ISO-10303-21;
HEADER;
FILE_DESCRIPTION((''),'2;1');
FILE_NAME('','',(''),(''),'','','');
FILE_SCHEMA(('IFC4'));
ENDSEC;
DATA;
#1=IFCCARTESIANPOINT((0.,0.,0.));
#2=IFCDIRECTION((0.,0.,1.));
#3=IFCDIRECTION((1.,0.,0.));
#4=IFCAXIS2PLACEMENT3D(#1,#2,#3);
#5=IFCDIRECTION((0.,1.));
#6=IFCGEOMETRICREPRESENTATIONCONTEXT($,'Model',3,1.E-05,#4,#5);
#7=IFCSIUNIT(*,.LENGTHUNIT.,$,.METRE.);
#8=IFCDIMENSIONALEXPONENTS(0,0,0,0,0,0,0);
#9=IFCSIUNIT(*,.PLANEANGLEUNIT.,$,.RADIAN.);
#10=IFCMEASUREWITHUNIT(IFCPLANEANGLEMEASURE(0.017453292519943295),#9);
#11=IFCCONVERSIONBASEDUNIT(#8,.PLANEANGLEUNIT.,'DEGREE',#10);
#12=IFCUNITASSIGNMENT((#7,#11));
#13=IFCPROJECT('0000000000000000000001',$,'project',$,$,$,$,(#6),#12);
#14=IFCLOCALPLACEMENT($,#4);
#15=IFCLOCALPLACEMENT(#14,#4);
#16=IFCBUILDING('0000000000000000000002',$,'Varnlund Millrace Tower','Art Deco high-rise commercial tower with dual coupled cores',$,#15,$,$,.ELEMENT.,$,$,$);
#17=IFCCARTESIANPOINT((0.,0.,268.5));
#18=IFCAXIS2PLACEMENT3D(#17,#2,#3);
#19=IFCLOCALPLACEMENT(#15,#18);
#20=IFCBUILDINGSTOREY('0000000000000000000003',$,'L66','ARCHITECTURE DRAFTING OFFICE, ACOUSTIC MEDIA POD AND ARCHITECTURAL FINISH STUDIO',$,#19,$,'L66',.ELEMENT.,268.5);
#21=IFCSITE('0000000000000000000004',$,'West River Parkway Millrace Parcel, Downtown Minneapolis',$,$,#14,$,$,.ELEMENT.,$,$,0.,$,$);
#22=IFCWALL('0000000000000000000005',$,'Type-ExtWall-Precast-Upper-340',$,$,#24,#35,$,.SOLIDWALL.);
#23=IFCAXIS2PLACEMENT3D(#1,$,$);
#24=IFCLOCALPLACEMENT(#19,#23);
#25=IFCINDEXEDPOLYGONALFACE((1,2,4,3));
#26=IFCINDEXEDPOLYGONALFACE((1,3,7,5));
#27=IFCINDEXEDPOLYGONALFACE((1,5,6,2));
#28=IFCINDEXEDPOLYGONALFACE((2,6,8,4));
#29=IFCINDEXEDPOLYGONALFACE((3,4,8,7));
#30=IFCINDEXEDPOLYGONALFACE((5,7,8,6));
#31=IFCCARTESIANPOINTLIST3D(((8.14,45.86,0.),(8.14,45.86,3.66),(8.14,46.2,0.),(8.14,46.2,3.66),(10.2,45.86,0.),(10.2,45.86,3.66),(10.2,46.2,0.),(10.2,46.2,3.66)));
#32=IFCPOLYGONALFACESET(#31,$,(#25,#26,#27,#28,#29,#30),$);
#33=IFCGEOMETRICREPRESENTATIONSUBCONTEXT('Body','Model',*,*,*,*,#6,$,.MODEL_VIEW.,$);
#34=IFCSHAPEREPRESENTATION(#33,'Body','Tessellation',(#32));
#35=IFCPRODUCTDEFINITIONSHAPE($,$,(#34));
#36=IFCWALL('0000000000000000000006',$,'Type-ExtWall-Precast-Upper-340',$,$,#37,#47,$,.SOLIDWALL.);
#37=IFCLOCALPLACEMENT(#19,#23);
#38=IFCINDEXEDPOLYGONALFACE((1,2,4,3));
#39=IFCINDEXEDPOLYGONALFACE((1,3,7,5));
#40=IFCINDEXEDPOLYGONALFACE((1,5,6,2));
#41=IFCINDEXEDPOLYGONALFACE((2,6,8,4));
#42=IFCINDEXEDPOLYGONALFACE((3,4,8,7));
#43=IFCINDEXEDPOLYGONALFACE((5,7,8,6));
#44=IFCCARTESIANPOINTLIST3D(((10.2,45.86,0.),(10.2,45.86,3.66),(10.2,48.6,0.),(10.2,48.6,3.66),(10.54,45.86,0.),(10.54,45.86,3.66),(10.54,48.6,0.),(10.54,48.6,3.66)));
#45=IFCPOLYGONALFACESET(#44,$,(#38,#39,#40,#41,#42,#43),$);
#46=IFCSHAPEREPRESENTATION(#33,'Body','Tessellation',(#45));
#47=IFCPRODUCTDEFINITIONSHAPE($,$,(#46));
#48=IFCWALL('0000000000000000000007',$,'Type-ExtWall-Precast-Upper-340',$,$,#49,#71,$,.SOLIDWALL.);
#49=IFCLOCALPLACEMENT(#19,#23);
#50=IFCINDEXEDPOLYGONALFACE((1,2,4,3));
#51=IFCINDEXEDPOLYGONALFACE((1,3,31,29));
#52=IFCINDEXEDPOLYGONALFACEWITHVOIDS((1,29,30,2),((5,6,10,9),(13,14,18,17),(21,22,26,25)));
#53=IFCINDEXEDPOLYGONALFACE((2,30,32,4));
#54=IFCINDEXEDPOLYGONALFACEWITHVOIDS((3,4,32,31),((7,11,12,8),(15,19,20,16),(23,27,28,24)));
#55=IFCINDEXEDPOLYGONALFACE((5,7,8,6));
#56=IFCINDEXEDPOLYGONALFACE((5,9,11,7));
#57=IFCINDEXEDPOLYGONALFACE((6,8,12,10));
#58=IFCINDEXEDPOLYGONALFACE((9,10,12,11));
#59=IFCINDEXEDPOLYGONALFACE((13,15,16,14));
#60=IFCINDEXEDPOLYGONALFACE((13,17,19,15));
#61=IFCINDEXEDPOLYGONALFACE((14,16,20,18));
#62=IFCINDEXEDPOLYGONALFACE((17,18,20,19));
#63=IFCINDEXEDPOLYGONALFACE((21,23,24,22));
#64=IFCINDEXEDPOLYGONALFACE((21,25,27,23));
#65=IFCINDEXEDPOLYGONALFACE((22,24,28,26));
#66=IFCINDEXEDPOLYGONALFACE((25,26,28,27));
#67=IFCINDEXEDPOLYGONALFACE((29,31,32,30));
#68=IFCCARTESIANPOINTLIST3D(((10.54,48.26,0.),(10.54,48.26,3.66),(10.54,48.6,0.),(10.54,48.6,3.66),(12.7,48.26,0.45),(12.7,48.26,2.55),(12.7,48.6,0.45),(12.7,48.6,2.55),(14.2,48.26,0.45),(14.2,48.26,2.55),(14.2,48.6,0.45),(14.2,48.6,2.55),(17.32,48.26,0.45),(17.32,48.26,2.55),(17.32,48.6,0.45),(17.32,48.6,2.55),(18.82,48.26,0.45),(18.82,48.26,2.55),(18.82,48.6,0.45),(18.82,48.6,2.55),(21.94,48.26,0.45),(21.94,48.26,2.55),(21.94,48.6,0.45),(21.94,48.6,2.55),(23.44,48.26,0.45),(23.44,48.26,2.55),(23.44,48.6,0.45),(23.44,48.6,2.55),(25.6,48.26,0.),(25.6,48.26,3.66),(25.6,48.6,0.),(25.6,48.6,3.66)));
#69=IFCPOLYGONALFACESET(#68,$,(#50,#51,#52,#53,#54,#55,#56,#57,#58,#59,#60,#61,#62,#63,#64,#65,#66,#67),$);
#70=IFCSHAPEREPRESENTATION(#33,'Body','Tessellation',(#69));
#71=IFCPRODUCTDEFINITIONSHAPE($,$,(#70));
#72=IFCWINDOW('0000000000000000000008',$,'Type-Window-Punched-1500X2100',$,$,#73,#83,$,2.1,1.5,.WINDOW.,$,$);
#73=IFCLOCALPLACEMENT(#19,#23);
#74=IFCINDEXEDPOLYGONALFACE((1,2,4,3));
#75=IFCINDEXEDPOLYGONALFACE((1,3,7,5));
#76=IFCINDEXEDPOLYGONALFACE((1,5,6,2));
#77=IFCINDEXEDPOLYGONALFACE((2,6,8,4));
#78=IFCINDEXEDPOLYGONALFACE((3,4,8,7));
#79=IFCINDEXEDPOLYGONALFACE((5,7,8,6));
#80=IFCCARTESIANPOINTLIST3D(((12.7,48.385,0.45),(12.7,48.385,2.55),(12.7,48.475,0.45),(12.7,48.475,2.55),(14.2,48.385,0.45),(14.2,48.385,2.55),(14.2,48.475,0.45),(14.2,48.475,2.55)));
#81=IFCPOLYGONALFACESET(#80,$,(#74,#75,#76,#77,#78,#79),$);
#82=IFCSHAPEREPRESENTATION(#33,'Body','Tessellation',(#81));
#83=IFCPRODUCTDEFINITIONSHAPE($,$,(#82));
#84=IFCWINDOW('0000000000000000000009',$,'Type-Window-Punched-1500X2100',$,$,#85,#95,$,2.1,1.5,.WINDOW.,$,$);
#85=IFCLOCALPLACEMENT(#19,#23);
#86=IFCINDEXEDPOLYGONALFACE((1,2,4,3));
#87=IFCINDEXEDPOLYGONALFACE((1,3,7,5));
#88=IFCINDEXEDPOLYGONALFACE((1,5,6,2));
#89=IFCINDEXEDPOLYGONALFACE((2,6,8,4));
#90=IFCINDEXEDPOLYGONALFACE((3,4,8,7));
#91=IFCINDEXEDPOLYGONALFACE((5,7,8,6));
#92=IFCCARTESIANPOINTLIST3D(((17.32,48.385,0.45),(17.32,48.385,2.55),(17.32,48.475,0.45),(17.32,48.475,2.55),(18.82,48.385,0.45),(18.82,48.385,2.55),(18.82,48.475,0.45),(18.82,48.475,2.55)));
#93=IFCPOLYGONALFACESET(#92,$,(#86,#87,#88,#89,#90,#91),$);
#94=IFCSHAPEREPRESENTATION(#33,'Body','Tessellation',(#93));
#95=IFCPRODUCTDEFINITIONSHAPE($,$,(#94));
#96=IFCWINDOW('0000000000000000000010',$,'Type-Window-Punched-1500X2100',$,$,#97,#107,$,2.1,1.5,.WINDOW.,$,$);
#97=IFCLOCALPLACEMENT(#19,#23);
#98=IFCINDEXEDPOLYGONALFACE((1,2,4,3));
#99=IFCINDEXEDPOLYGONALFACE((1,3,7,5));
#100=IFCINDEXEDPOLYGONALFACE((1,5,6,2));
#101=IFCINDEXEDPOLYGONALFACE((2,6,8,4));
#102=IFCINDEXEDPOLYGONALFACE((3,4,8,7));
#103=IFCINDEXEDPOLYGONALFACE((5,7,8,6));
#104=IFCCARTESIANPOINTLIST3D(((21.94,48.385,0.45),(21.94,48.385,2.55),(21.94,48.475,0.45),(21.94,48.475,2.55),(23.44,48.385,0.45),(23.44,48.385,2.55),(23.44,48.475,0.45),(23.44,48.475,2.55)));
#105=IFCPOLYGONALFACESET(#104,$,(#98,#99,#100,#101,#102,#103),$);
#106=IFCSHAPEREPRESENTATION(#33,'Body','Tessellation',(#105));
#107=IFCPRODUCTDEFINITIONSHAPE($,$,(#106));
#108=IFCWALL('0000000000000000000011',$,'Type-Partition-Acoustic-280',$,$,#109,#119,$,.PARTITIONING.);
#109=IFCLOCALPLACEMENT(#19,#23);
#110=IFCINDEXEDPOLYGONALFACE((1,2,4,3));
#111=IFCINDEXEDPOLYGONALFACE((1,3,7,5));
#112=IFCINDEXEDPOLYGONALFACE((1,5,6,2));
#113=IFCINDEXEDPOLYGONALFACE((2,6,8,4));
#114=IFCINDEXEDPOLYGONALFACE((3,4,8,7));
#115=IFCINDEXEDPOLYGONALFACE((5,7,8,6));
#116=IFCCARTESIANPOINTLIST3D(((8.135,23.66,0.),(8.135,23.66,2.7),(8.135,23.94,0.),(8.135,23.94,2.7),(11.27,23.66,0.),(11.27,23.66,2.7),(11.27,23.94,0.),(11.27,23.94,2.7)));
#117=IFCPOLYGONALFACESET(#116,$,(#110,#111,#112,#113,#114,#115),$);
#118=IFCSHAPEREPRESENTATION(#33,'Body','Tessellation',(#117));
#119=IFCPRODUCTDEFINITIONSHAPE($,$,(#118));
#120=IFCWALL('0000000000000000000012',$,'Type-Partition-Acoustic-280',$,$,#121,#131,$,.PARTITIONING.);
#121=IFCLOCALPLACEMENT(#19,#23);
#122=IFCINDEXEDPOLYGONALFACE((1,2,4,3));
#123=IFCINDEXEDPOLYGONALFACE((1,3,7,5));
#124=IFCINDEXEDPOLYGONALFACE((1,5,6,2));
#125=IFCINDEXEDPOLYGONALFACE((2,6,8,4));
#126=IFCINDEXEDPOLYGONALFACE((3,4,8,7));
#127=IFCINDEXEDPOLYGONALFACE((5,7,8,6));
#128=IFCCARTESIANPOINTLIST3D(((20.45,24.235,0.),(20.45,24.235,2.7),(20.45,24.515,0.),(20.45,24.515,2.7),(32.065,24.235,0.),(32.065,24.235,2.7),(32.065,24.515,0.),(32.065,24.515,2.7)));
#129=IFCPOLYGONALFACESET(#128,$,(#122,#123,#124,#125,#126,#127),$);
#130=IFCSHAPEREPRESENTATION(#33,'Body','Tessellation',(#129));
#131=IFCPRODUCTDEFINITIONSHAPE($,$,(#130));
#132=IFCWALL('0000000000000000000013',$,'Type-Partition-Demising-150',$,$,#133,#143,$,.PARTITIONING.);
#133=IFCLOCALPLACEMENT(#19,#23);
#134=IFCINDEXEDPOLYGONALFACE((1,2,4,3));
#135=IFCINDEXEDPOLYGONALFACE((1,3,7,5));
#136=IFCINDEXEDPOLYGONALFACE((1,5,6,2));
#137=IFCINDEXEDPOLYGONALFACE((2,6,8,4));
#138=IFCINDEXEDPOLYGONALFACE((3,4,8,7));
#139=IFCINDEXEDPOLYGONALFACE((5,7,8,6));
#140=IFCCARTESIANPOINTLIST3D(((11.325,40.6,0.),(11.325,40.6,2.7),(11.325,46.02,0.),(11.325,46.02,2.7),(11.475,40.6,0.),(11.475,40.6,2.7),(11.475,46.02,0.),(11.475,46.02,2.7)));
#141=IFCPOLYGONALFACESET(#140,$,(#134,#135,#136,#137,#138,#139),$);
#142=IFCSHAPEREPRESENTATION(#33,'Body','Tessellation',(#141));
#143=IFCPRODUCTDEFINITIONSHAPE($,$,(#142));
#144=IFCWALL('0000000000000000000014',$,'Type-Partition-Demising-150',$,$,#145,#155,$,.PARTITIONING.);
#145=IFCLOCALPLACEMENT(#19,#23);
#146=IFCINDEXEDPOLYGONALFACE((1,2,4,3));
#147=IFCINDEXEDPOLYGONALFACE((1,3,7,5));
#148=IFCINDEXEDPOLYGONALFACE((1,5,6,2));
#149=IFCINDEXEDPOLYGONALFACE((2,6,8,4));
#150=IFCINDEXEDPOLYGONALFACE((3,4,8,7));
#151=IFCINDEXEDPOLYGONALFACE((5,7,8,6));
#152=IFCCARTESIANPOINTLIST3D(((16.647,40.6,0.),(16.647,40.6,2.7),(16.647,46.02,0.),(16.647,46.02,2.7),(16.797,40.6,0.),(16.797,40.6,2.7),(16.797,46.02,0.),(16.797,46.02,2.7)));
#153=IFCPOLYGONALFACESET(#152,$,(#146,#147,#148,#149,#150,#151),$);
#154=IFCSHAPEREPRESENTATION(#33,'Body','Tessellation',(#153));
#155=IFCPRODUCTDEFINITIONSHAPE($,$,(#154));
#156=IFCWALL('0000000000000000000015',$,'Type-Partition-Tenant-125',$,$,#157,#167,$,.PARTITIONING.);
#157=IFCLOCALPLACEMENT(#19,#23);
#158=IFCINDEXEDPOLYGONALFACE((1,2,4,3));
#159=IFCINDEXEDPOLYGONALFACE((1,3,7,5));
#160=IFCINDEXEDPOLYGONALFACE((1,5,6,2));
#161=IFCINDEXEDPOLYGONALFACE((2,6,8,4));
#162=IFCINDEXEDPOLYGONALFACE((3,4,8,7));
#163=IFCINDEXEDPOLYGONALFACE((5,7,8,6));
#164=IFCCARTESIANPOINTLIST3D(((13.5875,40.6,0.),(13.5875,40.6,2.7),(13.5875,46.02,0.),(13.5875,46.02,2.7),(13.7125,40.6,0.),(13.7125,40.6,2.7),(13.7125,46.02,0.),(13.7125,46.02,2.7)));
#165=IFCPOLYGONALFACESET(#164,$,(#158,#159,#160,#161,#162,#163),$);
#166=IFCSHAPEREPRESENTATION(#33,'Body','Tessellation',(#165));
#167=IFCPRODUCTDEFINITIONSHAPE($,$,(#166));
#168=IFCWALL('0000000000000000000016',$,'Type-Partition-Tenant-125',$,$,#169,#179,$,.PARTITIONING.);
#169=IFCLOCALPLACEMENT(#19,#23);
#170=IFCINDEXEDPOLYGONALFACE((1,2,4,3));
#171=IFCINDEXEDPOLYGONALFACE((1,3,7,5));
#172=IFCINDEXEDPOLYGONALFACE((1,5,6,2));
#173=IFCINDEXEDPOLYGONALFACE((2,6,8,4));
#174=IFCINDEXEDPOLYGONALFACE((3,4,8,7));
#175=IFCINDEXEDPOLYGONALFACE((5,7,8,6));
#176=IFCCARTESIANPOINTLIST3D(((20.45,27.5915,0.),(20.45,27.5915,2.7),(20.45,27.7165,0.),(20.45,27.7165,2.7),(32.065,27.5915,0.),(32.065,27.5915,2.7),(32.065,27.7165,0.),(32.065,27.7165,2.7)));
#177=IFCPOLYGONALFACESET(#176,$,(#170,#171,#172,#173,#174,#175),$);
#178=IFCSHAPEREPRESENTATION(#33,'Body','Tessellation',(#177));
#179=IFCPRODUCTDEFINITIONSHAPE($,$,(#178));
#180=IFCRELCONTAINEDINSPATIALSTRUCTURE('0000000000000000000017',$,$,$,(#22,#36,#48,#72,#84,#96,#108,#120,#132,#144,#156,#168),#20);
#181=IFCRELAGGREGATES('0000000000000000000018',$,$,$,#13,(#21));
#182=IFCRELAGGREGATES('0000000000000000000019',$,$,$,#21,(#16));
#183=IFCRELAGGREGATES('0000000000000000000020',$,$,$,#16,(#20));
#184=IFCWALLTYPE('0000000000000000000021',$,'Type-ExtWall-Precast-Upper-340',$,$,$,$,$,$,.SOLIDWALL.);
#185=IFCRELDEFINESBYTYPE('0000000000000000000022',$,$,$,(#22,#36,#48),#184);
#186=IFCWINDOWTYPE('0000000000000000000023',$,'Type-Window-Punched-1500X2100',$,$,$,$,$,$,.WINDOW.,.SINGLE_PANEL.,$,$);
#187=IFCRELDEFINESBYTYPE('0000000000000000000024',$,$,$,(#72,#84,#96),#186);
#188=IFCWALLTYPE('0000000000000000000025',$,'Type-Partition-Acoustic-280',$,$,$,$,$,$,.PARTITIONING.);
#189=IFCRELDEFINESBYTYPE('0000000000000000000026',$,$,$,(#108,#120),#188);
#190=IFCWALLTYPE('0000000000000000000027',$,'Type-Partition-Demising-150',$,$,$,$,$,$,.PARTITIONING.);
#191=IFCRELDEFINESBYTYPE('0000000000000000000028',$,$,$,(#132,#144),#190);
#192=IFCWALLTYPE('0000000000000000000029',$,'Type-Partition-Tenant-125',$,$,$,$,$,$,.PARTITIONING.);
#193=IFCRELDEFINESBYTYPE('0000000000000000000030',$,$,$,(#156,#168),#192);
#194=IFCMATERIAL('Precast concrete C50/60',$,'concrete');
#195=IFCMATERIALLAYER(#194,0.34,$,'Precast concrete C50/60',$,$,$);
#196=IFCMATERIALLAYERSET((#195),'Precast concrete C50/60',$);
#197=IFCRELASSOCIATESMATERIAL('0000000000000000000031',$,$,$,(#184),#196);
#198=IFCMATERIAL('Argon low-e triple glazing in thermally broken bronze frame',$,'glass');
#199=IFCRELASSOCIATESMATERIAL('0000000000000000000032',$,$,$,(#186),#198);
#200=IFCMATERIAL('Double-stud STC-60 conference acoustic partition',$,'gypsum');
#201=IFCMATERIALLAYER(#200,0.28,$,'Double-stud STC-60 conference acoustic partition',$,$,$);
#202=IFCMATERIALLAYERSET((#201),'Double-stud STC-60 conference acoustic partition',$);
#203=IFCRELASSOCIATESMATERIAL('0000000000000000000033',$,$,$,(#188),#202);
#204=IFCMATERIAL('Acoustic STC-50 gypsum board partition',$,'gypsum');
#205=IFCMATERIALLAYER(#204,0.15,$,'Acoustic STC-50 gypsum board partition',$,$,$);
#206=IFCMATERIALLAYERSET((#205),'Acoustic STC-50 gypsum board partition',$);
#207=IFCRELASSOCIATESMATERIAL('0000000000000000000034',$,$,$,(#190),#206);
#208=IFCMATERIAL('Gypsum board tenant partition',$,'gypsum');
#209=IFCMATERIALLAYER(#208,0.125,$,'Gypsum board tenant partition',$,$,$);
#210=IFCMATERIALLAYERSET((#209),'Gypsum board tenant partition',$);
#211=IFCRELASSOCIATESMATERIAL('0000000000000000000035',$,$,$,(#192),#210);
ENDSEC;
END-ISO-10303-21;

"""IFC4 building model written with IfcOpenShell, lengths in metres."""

from ifc_helpers import new_model, entity, si_unit, converted_unit, direction, frame, origin_with_axes, origin_2d_with_axis, place, context, subcontext, project, spatial, polyline, rectangle, outline, extrude, material, layer, layer_set, type_object, element, fill, save


model = new_model("IFC4")

# Units and contexts
model_context = context("Model", 3, precision=1e-05, world=origin_with_axes(), true_north=direction((0.0, 1.0)))
body_context = subcontext(model_context, "Body", "Model", "MODEL_VIEW")
ifc_project = project(units=[si_unit("LENGTHUNIT", "METRE"), converted_unit("PLANEANGLEUNIT", "DEGREE", entity("IfcPlaneAngleMeasure", 0.017453292519943295), si_unit("PLANEANGLEUNIT", "RADIAN"), dimensions=[0, 0, 0, 0, 0, 0, 0])], contexts=[model_context])

# Site, building, storey
site_placement = place(None, origin_with_axes())
site = spatial("IfcSite", under=ifc_project, at=site_placement, Name="West River Parkway Millrace Parcel, Downtown Minneapolis", CompositionType="ELEMENT", RefElevation=0.0)
building_placement = place(site_placement, origin_with_axes())
building = spatial("IfcBuilding", under=site, at=building_placement, Name="Varnlund Millrace Tower", Description="Art Deco high-rise commercial tower with dual coupled cores", CompositionType="ELEMENT")
storey_placement = place(building_placement, frame((0.0, 0.0, 268.5), z_axis=(0.0, 0.0, 1.0), x_axis=(1.0, 0.0, 0.0)))
storey = spatial("IfcBuildingStorey", under=building, at=storey_placement, Name="L66", Description="ARCHITECTURE DRAFTING OFFICE, ACOUSTIC MEDIA POD AND ARCHITECTURAL FINISH STUDIO", LongName="L66", CompositionType="ELEMENT", Elevation=268.5)

# Walls
ifc_material_1 = material(Name="Precast concrete C50/60", Category="concrete")
ifc_layer_1 = layer(ifc_material_1, 0.34, Name="Precast concrete C50/60")
ifc_layer_set_1 = layer_set([ifc_layer_1], Name="Precast concrete C50/60")
wall_type_1 = type_object("IfcWallType", Name="Type-ExtWall-Precast-Upper-340", PredefinedType="SOLIDWALL", material=ifc_layer_set_1)
wall_1_placement = place(storey_placement, frame((8.14, 46.03, 0.0), z_axis=(0.0, 0.0, 1.0), x_axis=(1.0, 0.0, 0.0)))
element("IfcWall", 1, at=wall_1_placement, inside=storey, type_object=wall_type_1, Name="Type-ExtWall-Precast-Upper-340", PredefinedType="SOLIDWALL", context=body_context, shape_type="SweptSolid", body=[
    extrude(outline(polyline([(0.0, -0.17), (2.06, -0.17), (2.06, 0.17), (0.0, 0.17), (0.0, -0.17)])), origin_with_axes(), (0.0, 0.0, 1.0), 3.66),
])
wall_2_placement = place(storey_placement, frame((10.37, 45.86, 0.0), z_axis=(0.0, 0.0, 1.0), x_axis=(0.0, 1.0, 0.0)))
element("IfcWall", 2, at=wall_2_placement, inside=storey, type_object=wall_type_1, Name="Type-ExtWall-Precast-Upper-340", PredefinedType="SOLIDWALL", context=body_context, shape_type="SweptSolid", body=[
    extrude(outline(polyline([(0.0, -0.17), (2.74, -0.17), (2.74, 0.17), (0.0, 0.17), (0.0, -0.17)])), origin_with_axes(), (0.0, 0.0, 1.0), 3.66),
])

# Wall, openings, windows
wall_3_placement = place(storey_placement, frame((10.54, 48.43, 0.0), z_axis=(0.0, 0.0, 1.0), x_axis=(1.0, 0.0, 0.0)))
wall_3 = element("IfcWall", 3, at=wall_3_placement, inside=storey, type_object=wall_type_1, Name="Type-ExtWall-Precast-Upper-340", PredefinedType="SOLIDWALL", context=body_context, shape_type="SweptSolid", body=[
    extrude(outline(polyline([(0.0, -0.17), (15.06, -0.17), (15.06, 0.17), (0.0, 0.17), (0.0, -0.17)])), origin_with_axes(), (0.0, 0.0, 1.0), 3.66),
])
opening_1_placement = place(wall_3_placement, frame((2.91, 0.0, 0.45), z_axis=(0.0, 0.0, 1.0), x_axis=(1.0, 0.0, 0.0)))
opening_1 = element("IfcOpeningElement", 4, at=opening_1_placement, cuts=wall_3, PredefinedType="OPENING", context=body_context, shape_type="SweptSolid", body=[
    extrude(rectangle(XDim=1.5, YDim=0.36, at=origin_2d_with_axis()), origin_with_axes(), (0.0, 0.0, 1.0), 2.1),
])
opening_2_placement = place(wall_3_placement, frame((7.53, 0.0, 0.45), z_axis=(0.0, 0.0, 1.0), x_axis=(1.0, 0.0, 0.0)))
opening_2 = element("IfcOpeningElement", 5, at=opening_2_placement, cuts=wall_3, PredefinedType="OPENING", context=body_context, shape_type="SweptSolid", body=[
    extrude(rectangle(XDim=1.5, YDim=0.36, at=origin_2d_with_axis()), origin_with_axes(), (0.0, 0.0, 1.0), 2.1),
])
opening_3_placement = place(wall_3_placement, frame((12.15, 0.0, 0.45), z_axis=(0.0, 0.0, 1.0), x_axis=(1.0, 0.0, 0.0)))
opening_3 = element("IfcOpeningElement", 6, at=opening_3_placement, cuts=wall_3, PredefinedType="OPENING", context=body_context, shape_type="SweptSolid", body=[
    extrude(rectangle(XDim=1.5, YDim=0.36, at=origin_2d_with_axis()), origin_with_axes(), (0.0, 0.0, 1.0), 2.1),
])
ifc_material_2 = material(Name="Argon low-e triple glazing in thermally broken bronze frame", Category="glass")
window_type = type_object("IfcWindowType", Name="Type-Window-Punched-1500X2100", PartitioningType="SINGLE_PANEL", PredefinedType="WINDOW", material=ifc_material_2)
window_1_placement = place(wall_3_placement, frame((2.91, 0.0, 0.45), z_axis=(0.0, 0.0, 1.0), x_axis=(1.0, 0.0, 0.0)))
window_1 = element("IfcWindow", 7, at=window_1_placement, inside=storey, type_object=window_type, Name="Type-Window-Punched-1500X2100", OverallHeight=2.1, OverallWidth=1.5, PredefinedType="WINDOW", context=body_context, shape_type="SweptSolid", body=[
    extrude(rectangle(XDim=1.5, YDim=0.09, at=origin_2d_with_axis()), origin_with_axes(), (0.0, 0.0, 1.0), 2.1),
])
fill(opening_1, window_1)
window_2_placement = place(wall_3_placement, frame((7.53, 0.0, 0.45), z_axis=(0.0, 0.0, 1.0), x_axis=(1.0, 0.0, 0.0)))
window_2 = element("IfcWindow", 8, at=window_2_placement, inside=storey, type_object=window_type, Name="Type-Window-Punched-1500X2100", OverallHeight=2.1, OverallWidth=1.5, PredefinedType="WINDOW", context=body_context, shape_type="SweptSolid", body=[
    extrude(rectangle(XDim=1.5, YDim=0.09, at=origin_2d_with_axis()), origin_with_axes(), (0.0, 0.0, 1.0), 2.1),
])
fill(opening_2, window_2)
window_3_placement = place(wall_3_placement, frame((12.15, 0.0, 0.45), z_axis=(0.0, 0.0, 1.0), x_axis=(1.0, 0.0, 0.0)))
window_3 = element("IfcWindow", 9, at=window_3_placement, inside=storey, type_object=window_type, Name="Type-Window-Punched-1500X2100", OverallHeight=2.1, OverallWidth=1.5, PredefinedType="WINDOW", context=body_context, shape_type="SweptSolid", body=[
    extrude(rectangle(XDim=1.5, YDim=0.09, at=origin_2d_with_axis()), origin_with_axes(), (0.0, 0.0, 1.0), 2.1),
])
fill(opening_3, window_3)

# Walls
ifc_material_3 = material(Name="Double-stud STC-60 conference acoustic partition", Category="gypsum")
ifc_layer_2 = layer(ifc_material_3, 0.28, Name="Double-stud STC-60 conference acoustic partition")
ifc_layer_set_2 = layer_set([ifc_layer_2], Name="Double-stud STC-60 conference acoustic partition")
wall_type_2 = type_object("IfcWallType", Name="Type-Partition-Acoustic-280", PredefinedType="PARTITIONING", material=ifc_layer_set_2)
wall_4_placement = place(storey_placement, frame((8.135, 23.8, 0.0), z_axis=(0.0, 0.0, 1.0), x_axis=(1.0, 0.0, 0.0)))
element("IfcWall", 10, at=wall_4_placement, inside=storey, type_object=wall_type_2, Name="Type-Partition-Acoustic-280", PredefinedType="PARTITIONING", context=body_context, shape_type="SweptSolid", body=[
    extrude(outline(polyline([(0.0, -0.14), (3.135, -0.14), (3.135, 0.14), (0.0, 0.14), (0.0, -0.14)])), origin_with_axes(), (0.0, 0.0, 1.0), 2.7),
])
wall_5_placement = place(storey_placement, frame((20.45, 24.375, 0.0), z_axis=(0.0, 0.0, 1.0), x_axis=(1.0, 0.0, 0.0)))
element("IfcWall", 11, at=wall_5_placement, inside=storey, type_object=wall_type_2, Name="Type-Partition-Acoustic-280", PredefinedType="PARTITIONING", context=body_context, shape_type="SweptSolid", body=[
    extrude(outline(polyline([(0.0, -0.14), (11.615, -0.14), (11.615, 0.14), (0.0, 0.14), (0.0, -0.14)])), origin_with_axes(), (0.0, 0.0, 1.0), 2.7),
])
ifc_material_4 = material(Name="Acoustic STC-50 gypsum board partition", Category="gypsum")
ifc_layer_3 = layer(ifc_material_4, 0.15, Name="Acoustic STC-50 gypsum board partition")
ifc_layer_set_3 = layer_set([ifc_layer_3], Name="Acoustic STC-50 gypsum board partition")
wall_type_3 = type_object("IfcWallType", Name="Type-Partition-Demising-150", PredefinedType="PARTITIONING", material=ifc_layer_set_3)
for number, where, z_axis, x_axis, name in (
    (12, (11.4, 40.6, 0.0), (0.0, 0.0, 1.0), (0.0, 1.0, 0.0), "Type-Partition-Demising-150"),
    (13, (16.722, 40.6, 0.0), (0.0, 0.0, 1.0), (0.0, 1.0, 0.0), "Type-Partition-Demising-150"),
):
    element("IfcWall", number, at=place(storey_placement, frame(where, z_axis=z_axis, x_axis=x_axis)), inside=storey, type_object=wall_type_3, Name=name, PredefinedType="PARTITIONING", context=body_context, shape_type="SweptSolid", body=[
        extrude(outline(polyline([(0.0, -0.075), (5.42, -0.075), (5.42, 0.075), (0.0, 0.075), (0.0, -0.075)])), origin_with_axes(), (0.0, 0.0, 1.0), 2.7),
    ])
ifc_material_5 = material(Name="Gypsum board tenant partition", Category="gypsum")
ifc_layer_4 = layer(ifc_material_5, 0.125, Name="Gypsum board tenant partition")
ifc_layer_set_4 = layer_set([ifc_layer_4], Name="Gypsum board tenant partition")
wall_type_4 = type_object("IfcWallType", Name="Type-Partition-Tenant-125", PredefinedType="PARTITIONING", material=ifc_layer_set_4)
wall_6_placement = place(storey_placement, frame((13.65, 40.6, 0.0), z_axis=(0.0, 0.0, 1.0), x_axis=(0.0, 1.0, 0.0)))
element("IfcWall", 14, at=wall_6_placement, inside=storey, type_object=wall_type_4, Name="Type-Partition-Tenant-125", PredefinedType="PARTITIONING", context=body_context, shape_type="SweptSolid", body=[
    extrude(outline(polyline([(0.0, -0.0625), (5.42, -0.0625), (5.42, 0.0625), (0.0, 0.0625), (0.0, -0.0625)])), origin_with_axes(), (0.0, 0.0, 1.0), 2.7),
])
wall_7_placement = place(storey_placement, frame((20.45, 27.654, 0.0), z_axis=(0.0, 0.0, 1.0), x_axis=(1.0, 0.0, 0.0)))
element("IfcWall", 15, at=wall_7_placement, inside=storey, type_object=wall_type_4, Name="Type-Partition-Tenant-125", PredefinedType="PARTITIONING", context=body_context, shape_type="SweptSolid", body=[
    extrude(outline(polyline([(0.0, -0.0625), (11.615, -0.0625), (11.615, 0.0625), (0.0, 0.0625), (0.0, -0.0625)])), origin_with_axes(), (0.0, 0.0, 1.0), 2.7),
])

save(model, "model.ifc")
